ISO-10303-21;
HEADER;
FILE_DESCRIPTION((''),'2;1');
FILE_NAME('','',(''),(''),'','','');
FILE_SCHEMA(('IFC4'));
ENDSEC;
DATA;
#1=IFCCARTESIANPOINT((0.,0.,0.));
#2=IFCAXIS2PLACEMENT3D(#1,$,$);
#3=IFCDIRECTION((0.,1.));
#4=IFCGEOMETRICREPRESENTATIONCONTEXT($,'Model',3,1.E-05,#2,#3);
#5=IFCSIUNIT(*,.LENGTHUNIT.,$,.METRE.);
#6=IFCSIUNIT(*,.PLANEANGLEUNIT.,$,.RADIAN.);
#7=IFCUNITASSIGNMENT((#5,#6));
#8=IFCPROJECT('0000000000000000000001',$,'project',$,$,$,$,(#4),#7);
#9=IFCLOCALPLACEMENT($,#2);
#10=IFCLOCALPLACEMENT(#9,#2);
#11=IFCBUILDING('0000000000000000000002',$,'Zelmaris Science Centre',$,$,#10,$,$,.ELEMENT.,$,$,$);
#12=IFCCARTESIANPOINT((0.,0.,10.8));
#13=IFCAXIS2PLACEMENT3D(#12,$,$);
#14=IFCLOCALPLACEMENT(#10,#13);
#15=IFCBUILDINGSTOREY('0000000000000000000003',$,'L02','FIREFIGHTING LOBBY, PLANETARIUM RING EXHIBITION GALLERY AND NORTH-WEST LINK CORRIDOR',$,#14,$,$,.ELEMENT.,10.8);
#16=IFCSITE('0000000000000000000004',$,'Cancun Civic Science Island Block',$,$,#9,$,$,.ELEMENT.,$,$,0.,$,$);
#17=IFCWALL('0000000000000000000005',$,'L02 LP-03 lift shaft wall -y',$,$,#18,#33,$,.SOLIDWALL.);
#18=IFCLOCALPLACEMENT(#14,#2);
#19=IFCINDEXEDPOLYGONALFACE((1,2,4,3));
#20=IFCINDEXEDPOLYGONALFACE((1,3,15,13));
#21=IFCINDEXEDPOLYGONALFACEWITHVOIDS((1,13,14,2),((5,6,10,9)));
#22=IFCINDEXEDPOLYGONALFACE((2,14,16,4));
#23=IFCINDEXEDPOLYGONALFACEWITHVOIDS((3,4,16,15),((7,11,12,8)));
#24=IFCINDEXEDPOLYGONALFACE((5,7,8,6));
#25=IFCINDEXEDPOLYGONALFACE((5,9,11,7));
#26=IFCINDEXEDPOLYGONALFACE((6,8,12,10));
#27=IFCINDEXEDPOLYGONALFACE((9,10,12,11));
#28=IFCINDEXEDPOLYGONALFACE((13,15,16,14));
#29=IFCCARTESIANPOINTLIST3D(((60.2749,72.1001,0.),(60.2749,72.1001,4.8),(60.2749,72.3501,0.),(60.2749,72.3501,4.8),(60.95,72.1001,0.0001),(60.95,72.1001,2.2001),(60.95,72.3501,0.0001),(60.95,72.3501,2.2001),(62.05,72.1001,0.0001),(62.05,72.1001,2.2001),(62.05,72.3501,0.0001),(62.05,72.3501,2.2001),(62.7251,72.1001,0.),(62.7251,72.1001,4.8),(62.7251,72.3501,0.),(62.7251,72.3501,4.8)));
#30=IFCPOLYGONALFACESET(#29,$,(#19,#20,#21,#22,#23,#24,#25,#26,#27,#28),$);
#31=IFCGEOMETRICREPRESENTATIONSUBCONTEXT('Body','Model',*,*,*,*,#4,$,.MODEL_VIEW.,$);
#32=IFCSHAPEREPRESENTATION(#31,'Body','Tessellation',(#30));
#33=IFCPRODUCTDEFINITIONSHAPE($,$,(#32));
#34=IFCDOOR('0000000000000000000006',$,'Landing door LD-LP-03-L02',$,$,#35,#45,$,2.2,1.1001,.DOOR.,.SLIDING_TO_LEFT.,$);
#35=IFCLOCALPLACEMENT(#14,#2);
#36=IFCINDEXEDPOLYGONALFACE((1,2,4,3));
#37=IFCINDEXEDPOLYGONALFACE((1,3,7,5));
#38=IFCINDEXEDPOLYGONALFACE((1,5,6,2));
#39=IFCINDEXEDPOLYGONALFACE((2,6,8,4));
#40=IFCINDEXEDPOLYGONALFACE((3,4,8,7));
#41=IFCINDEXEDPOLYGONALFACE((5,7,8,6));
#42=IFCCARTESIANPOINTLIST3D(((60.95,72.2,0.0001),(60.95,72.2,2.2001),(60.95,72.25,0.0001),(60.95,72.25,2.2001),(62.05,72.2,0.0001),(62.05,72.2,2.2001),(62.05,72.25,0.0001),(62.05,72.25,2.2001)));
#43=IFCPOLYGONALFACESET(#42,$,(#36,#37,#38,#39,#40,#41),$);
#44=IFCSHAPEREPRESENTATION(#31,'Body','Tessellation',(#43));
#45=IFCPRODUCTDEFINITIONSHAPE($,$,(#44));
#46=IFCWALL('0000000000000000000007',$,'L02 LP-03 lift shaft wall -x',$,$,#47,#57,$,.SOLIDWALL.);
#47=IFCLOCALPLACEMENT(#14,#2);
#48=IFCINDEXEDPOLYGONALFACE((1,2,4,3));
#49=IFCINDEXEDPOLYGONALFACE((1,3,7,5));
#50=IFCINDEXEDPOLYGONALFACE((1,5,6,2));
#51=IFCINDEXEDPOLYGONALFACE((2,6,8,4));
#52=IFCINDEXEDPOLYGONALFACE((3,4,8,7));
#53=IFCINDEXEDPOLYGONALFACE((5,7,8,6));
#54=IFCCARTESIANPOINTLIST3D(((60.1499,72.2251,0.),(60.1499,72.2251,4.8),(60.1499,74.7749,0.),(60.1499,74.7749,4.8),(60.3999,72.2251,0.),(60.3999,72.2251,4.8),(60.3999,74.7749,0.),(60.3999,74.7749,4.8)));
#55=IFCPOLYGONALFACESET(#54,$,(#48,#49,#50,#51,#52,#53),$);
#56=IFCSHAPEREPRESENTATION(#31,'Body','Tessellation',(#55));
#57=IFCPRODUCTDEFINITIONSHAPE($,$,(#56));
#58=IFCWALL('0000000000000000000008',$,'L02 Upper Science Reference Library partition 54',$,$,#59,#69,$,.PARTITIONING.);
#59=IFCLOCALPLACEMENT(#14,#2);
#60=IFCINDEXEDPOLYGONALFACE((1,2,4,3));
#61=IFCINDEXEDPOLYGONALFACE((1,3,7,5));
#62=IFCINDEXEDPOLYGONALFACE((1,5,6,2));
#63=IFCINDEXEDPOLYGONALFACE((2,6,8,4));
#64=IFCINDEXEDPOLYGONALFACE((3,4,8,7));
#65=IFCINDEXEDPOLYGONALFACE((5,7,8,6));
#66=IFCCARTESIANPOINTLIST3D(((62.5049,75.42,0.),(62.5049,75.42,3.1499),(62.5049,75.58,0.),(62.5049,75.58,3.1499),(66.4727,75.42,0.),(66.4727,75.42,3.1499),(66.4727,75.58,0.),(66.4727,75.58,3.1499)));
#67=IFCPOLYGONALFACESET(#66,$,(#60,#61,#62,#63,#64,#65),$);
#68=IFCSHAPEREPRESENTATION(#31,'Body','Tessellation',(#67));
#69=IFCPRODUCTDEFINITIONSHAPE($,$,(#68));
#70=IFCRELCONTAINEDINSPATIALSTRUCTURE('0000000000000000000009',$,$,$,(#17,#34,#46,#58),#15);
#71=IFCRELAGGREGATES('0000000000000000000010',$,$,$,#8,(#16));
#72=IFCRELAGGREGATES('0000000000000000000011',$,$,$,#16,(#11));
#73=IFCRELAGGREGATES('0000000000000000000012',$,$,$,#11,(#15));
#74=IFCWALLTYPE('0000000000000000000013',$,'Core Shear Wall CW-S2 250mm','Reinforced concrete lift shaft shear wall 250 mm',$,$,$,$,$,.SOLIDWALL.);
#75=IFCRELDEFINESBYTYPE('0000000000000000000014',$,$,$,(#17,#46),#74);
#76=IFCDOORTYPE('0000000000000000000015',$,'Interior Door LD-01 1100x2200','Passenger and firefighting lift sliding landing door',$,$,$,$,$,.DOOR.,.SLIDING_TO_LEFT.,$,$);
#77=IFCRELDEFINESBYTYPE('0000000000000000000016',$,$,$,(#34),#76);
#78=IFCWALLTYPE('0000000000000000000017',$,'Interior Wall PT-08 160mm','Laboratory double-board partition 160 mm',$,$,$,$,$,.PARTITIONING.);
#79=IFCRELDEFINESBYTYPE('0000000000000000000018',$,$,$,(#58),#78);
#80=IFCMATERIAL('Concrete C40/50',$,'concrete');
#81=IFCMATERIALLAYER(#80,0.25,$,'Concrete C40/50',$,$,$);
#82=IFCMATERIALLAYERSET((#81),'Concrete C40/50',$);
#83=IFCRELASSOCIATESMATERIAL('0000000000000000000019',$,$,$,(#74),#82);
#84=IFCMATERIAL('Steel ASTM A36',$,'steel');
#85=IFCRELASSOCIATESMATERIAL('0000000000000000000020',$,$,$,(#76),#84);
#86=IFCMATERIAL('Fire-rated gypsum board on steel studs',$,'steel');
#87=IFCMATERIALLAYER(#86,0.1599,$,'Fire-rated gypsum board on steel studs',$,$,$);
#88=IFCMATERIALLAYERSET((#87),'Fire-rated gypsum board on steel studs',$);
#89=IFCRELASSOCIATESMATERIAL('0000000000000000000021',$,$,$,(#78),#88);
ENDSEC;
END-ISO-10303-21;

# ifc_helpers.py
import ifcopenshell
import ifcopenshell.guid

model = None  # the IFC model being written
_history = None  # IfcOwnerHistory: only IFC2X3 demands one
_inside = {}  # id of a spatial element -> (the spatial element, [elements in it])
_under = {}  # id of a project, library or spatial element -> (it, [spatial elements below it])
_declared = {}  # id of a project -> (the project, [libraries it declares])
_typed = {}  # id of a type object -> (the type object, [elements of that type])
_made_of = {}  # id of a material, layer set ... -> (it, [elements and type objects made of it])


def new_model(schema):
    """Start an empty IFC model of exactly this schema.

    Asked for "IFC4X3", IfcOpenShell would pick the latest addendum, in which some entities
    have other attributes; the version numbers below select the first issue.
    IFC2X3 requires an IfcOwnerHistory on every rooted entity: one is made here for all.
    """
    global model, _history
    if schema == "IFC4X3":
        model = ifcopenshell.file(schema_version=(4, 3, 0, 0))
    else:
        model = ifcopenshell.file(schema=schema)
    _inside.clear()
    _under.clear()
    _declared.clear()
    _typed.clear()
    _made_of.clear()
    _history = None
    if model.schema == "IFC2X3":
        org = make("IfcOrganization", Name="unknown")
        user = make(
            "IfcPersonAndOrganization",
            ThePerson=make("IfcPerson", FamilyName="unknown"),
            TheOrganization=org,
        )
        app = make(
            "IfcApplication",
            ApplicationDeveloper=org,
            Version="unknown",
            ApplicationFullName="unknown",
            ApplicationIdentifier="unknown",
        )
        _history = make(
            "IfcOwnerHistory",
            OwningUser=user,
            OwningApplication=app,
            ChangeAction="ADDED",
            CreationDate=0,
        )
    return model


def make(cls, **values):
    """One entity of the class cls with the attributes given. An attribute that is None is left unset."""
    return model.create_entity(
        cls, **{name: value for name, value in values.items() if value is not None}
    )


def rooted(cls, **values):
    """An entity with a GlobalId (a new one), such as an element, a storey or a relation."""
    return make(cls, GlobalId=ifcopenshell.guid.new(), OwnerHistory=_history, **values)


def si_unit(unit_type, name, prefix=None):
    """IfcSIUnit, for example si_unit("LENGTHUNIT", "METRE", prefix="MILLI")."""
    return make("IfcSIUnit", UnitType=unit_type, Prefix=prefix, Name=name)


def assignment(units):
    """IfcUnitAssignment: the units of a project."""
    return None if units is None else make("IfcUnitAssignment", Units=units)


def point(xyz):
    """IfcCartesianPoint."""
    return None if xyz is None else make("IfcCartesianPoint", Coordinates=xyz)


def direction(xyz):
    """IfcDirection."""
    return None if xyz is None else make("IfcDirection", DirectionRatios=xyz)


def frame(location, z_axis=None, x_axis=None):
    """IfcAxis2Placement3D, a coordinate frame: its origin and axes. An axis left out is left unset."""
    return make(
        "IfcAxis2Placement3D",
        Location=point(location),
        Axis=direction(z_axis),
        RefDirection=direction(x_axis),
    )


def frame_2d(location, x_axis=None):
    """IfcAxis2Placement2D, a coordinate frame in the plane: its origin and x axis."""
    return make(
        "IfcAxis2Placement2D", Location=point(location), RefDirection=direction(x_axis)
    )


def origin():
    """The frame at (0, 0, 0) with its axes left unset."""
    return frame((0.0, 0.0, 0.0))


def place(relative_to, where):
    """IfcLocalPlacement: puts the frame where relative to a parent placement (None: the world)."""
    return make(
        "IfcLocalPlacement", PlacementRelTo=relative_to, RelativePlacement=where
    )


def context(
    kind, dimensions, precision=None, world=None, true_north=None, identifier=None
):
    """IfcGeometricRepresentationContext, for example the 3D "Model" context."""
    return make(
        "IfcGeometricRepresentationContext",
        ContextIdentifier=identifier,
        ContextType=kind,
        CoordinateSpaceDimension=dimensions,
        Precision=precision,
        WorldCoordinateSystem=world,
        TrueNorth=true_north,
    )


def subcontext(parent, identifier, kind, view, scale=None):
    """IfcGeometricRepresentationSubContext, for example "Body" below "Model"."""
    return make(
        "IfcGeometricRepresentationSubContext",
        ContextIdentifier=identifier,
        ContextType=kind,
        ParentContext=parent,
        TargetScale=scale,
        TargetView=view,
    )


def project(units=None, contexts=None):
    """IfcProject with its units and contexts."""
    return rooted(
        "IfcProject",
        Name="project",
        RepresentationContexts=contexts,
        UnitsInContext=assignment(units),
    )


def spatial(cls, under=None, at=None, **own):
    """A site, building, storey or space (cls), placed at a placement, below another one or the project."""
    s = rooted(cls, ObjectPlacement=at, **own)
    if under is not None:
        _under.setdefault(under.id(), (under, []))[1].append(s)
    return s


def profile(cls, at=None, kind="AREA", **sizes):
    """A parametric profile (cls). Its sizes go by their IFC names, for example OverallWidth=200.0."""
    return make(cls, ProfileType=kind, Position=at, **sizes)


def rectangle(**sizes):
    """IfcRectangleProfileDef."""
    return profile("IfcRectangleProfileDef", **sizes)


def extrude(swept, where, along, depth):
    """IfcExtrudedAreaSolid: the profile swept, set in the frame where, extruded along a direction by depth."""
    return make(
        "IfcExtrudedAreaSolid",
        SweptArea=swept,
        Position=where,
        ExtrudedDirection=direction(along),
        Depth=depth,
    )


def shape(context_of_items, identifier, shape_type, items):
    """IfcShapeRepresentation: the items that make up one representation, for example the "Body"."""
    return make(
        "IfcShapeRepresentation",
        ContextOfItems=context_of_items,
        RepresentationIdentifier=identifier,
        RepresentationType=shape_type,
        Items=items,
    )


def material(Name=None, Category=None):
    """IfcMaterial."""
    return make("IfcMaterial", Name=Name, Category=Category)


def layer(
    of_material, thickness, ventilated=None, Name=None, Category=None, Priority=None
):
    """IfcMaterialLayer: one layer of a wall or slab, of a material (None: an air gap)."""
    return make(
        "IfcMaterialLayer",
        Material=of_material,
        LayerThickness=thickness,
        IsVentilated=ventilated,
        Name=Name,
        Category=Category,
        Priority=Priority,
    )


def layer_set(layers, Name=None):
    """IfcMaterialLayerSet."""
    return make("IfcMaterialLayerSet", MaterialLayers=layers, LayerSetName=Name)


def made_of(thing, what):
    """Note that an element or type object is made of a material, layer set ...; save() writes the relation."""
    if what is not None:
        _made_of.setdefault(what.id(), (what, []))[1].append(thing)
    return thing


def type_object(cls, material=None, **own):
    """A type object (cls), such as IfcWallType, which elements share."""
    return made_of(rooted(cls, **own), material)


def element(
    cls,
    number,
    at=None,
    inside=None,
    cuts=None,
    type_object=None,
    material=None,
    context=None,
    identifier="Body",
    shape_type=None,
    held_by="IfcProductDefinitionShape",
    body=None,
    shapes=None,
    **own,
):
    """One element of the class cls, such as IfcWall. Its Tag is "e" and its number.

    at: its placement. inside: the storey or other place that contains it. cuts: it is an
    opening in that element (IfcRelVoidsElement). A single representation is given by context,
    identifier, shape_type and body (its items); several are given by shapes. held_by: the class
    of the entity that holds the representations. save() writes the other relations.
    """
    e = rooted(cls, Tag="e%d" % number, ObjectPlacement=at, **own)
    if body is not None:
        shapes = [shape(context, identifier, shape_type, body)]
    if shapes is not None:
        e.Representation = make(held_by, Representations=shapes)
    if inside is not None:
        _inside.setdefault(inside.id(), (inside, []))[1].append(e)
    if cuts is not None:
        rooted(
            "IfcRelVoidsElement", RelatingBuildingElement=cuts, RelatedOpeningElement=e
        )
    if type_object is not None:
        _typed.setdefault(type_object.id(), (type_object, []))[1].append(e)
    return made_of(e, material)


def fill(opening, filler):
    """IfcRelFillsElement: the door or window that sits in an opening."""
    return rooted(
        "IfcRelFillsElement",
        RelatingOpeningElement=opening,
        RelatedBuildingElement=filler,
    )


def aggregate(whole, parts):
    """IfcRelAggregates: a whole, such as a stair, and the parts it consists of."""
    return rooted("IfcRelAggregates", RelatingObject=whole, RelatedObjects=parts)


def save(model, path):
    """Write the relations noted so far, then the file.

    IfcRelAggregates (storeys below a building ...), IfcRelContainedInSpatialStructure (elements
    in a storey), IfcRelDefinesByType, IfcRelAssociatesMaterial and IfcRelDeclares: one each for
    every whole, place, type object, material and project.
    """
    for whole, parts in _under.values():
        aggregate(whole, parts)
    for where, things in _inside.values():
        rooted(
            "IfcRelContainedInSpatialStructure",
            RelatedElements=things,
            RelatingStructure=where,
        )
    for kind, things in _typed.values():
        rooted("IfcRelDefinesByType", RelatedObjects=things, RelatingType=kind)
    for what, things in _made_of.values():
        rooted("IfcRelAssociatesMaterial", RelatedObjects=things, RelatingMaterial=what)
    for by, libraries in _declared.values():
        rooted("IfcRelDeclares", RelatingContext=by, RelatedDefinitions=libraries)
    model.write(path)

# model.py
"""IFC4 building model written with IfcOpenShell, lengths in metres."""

from ifc_helpers import new_model, si_unit, direction, frame, frame_2d, origin, place, context, subcontext, project, spatial, rectangle, extrude, material, layer, layer_set, type_object, element, fill, save


model = new_model("IFC4")

# Units and contexts
model_context = context("Model", 3, precision=1e-05, world=origin(), true_north=direction((0.0, 1.0)))
body_context = subcontext(model_context, "Body", "Model", "MODEL_VIEW")
ifc_project = project(units=[si_unit("LENGTHUNIT", "METRE"), si_unit("PLANEANGLEUNIT", "RADIAN")], contexts=[model_context])

# Site, building, storey
site_placement = place(None, origin())
site = spatial("IfcSite", under=ifc_project, at=site_placement, Name="Cancun Civic Science Island Block", CompositionType="ELEMENT", RefElevation=0.0)
building_placement = place(site_placement, origin())
building = spatial("IfcBuilding", under=site, at=building_placement, Name="Zelmaris Science Centre", CompositionType="ELEMENT")
storey_placement = place(building_placement, frame((0.0, 0.0, 10.8)))
storey = spatial("IfcBuildingStorey", under=building, at=storey_placement, Name="L02", Description="FIREFIGHTING LOBBY, PLANETARIUM RING EXHIBITION GALLERY AND NORTH-WEST LINK CORRIDOR", CompositionType="ELEMENT", Elevation=10.8)

# Wall, opening, door
ifc_material_1 = material(Name="Concrete C40/50", Category="concrete")
ifc_layer_1 = layer(ifc_material_1, 0.25, Name="Concrete C40/50")
ifc_layer_set_1 = layer_set([ifc_layer_1], Name="Concrete C40/50")
wall_type_1 = type_object("IfcWallType", Name="Core Shear Wall CW-S2 250mm", Description="Reinforced concrete lift shaft shear wall 250 mm", PredefinedType="SOLIDWALL", material=ifc_layer_set_1)
wall_1_placement = place(storey_placement, frame((60.2749, 72.2251, 0.0), z_axis=(0.0, 0.0, 1.0), x_axis=(1.0, 0.0, 0.0)))
wall_1 = element("IfcWall", 1, at=wall_1_placement, inside=storey, type_object=wall_type_1, Name="L02 LP-03 lift shaft wall -y", PredefinedType="SOLIDWALL", context=body_context, shape_type="SweptSolid", body=[
    extrude(rectangle(XDim=2.4502, YDim=0.25, at=frame_2d((1.2251, 0.0))), origin(), (0.0, 0.0, 1.0), 4.8),
])
opening_placement = place(wall_1_placement, frame((0.675, 0.0, 0.0)))
opening = element("IfcOpeningElement", 2, at=opening_placement, cuts=wall_1, PredefinedType="OPENING", context=body_context, shape_type="SweptSolid", body=[
    extrude(rectangle(XDim=1.1001, YDim=2.2, at=frame_2d((0.55, 1.1001))), frame((0.0, 0.135, 0.0), z_axis=(0.0, -1.0, 0.0), x_axis=(1.0, 0.0, 0.0)), (0.0, 0.0, 1.0), 0.27),
])
ifc_material_2 = material(Name="Steel ASTM A36", Category="steel")
door_type = type_object("IfcDoorType", Name="Interior Door LD-01 1100x2200", Description="Passenger and firefighting lift sliding landing door", OperationType="SLIDING_TO_LEFT", PredefinedType="DOOR", material=ifc_material_2)
door_placement = place(opening_placement, origin())
door = element("IfcDoor", 3, at=door_placement, inside=storey, type_object=door_type, Name="Landing door LD-LP-03-L02", OperationType="SLIDING_TO_LEFT", OverallHeight=2.2, OverallWidth=1.1001, PredefinedType="DOOR", context=body_context, shape_type="SweptSolid", body=[
    extrude(rectangle(XDim=1.1001, YDim=2.2, at=frame_2d((0.55, 1.1001))), frame((0.0, 0.0249, 0.0), z_axis=(0.0, -1.0, 0.0), x_axis=(1.0, 0.0, 0.0)), (0.0, 0.0, 1.0), 0.05),
])
fill(opening, door)

# Walls
wall_2_placement = place(storey_placement, frame((60.2749, 74.7749, 0.0), z_axis=(0.0, 0.0, 1.0), x_axis=(0.0, -1.0, 0.0)))
element("IfcWall", 4, at=wall_2_placement, inside=storey, type_object=wall_type_1, Name="L02 LP-03 lift shaft wall -x", PredefinedType="SOLIDWALL", context=body_context, shape_type="SweptSolid", body=[
    extrude(rectangle(XDim=2.5498, YDim=0.25, at=frame_2d((1.2749, 0.0))), origin(), (0.0, 0.0, 1.0), 4.8),
])
ifc_material_3 = material(Name="Fire-rated gypsum board on steel studs", Category="steel")
ifc_layer_2 = layer(ifc_material_3, 0.1599, Name="Fire-rated gypsum board on steel studs")
ifc_layer_set_2 = layer_set([ifc_layer_2], Name="Fire-rated gypsum board on steel studs")
wall_type_2 = type_object("IfcWallType", Name="Interior Wall PT-08 160mm", Description="Laboratory double-board partition 160 mm", PredefinedType="PARTITIONING", material=ifc_layer_set_2)
wall_3_placement = place(storey_placement, frame((62.5049, 75.5, 0.0), z_axis=(0.0, 0.0, 1.0), x_axis=(1.0, 0.0, 0.0)))
element("IfcWall", 5, at=wall_3_placement, inside=storey, type_object=wall_type_2, Name="L02 Upper Science Reference Library partition 54", PredefinedType="PARTITIONING", context=body_context, shape_type="SweptSolid", body=[
    extrude(rectangle(XDim=3.9678, YDim=0.1599, at=frame_2d((1.9839, 0.0))), origin(), (0.0, 0.0, 1.0), 3.1499),
])

save(model, "model.ifc")
